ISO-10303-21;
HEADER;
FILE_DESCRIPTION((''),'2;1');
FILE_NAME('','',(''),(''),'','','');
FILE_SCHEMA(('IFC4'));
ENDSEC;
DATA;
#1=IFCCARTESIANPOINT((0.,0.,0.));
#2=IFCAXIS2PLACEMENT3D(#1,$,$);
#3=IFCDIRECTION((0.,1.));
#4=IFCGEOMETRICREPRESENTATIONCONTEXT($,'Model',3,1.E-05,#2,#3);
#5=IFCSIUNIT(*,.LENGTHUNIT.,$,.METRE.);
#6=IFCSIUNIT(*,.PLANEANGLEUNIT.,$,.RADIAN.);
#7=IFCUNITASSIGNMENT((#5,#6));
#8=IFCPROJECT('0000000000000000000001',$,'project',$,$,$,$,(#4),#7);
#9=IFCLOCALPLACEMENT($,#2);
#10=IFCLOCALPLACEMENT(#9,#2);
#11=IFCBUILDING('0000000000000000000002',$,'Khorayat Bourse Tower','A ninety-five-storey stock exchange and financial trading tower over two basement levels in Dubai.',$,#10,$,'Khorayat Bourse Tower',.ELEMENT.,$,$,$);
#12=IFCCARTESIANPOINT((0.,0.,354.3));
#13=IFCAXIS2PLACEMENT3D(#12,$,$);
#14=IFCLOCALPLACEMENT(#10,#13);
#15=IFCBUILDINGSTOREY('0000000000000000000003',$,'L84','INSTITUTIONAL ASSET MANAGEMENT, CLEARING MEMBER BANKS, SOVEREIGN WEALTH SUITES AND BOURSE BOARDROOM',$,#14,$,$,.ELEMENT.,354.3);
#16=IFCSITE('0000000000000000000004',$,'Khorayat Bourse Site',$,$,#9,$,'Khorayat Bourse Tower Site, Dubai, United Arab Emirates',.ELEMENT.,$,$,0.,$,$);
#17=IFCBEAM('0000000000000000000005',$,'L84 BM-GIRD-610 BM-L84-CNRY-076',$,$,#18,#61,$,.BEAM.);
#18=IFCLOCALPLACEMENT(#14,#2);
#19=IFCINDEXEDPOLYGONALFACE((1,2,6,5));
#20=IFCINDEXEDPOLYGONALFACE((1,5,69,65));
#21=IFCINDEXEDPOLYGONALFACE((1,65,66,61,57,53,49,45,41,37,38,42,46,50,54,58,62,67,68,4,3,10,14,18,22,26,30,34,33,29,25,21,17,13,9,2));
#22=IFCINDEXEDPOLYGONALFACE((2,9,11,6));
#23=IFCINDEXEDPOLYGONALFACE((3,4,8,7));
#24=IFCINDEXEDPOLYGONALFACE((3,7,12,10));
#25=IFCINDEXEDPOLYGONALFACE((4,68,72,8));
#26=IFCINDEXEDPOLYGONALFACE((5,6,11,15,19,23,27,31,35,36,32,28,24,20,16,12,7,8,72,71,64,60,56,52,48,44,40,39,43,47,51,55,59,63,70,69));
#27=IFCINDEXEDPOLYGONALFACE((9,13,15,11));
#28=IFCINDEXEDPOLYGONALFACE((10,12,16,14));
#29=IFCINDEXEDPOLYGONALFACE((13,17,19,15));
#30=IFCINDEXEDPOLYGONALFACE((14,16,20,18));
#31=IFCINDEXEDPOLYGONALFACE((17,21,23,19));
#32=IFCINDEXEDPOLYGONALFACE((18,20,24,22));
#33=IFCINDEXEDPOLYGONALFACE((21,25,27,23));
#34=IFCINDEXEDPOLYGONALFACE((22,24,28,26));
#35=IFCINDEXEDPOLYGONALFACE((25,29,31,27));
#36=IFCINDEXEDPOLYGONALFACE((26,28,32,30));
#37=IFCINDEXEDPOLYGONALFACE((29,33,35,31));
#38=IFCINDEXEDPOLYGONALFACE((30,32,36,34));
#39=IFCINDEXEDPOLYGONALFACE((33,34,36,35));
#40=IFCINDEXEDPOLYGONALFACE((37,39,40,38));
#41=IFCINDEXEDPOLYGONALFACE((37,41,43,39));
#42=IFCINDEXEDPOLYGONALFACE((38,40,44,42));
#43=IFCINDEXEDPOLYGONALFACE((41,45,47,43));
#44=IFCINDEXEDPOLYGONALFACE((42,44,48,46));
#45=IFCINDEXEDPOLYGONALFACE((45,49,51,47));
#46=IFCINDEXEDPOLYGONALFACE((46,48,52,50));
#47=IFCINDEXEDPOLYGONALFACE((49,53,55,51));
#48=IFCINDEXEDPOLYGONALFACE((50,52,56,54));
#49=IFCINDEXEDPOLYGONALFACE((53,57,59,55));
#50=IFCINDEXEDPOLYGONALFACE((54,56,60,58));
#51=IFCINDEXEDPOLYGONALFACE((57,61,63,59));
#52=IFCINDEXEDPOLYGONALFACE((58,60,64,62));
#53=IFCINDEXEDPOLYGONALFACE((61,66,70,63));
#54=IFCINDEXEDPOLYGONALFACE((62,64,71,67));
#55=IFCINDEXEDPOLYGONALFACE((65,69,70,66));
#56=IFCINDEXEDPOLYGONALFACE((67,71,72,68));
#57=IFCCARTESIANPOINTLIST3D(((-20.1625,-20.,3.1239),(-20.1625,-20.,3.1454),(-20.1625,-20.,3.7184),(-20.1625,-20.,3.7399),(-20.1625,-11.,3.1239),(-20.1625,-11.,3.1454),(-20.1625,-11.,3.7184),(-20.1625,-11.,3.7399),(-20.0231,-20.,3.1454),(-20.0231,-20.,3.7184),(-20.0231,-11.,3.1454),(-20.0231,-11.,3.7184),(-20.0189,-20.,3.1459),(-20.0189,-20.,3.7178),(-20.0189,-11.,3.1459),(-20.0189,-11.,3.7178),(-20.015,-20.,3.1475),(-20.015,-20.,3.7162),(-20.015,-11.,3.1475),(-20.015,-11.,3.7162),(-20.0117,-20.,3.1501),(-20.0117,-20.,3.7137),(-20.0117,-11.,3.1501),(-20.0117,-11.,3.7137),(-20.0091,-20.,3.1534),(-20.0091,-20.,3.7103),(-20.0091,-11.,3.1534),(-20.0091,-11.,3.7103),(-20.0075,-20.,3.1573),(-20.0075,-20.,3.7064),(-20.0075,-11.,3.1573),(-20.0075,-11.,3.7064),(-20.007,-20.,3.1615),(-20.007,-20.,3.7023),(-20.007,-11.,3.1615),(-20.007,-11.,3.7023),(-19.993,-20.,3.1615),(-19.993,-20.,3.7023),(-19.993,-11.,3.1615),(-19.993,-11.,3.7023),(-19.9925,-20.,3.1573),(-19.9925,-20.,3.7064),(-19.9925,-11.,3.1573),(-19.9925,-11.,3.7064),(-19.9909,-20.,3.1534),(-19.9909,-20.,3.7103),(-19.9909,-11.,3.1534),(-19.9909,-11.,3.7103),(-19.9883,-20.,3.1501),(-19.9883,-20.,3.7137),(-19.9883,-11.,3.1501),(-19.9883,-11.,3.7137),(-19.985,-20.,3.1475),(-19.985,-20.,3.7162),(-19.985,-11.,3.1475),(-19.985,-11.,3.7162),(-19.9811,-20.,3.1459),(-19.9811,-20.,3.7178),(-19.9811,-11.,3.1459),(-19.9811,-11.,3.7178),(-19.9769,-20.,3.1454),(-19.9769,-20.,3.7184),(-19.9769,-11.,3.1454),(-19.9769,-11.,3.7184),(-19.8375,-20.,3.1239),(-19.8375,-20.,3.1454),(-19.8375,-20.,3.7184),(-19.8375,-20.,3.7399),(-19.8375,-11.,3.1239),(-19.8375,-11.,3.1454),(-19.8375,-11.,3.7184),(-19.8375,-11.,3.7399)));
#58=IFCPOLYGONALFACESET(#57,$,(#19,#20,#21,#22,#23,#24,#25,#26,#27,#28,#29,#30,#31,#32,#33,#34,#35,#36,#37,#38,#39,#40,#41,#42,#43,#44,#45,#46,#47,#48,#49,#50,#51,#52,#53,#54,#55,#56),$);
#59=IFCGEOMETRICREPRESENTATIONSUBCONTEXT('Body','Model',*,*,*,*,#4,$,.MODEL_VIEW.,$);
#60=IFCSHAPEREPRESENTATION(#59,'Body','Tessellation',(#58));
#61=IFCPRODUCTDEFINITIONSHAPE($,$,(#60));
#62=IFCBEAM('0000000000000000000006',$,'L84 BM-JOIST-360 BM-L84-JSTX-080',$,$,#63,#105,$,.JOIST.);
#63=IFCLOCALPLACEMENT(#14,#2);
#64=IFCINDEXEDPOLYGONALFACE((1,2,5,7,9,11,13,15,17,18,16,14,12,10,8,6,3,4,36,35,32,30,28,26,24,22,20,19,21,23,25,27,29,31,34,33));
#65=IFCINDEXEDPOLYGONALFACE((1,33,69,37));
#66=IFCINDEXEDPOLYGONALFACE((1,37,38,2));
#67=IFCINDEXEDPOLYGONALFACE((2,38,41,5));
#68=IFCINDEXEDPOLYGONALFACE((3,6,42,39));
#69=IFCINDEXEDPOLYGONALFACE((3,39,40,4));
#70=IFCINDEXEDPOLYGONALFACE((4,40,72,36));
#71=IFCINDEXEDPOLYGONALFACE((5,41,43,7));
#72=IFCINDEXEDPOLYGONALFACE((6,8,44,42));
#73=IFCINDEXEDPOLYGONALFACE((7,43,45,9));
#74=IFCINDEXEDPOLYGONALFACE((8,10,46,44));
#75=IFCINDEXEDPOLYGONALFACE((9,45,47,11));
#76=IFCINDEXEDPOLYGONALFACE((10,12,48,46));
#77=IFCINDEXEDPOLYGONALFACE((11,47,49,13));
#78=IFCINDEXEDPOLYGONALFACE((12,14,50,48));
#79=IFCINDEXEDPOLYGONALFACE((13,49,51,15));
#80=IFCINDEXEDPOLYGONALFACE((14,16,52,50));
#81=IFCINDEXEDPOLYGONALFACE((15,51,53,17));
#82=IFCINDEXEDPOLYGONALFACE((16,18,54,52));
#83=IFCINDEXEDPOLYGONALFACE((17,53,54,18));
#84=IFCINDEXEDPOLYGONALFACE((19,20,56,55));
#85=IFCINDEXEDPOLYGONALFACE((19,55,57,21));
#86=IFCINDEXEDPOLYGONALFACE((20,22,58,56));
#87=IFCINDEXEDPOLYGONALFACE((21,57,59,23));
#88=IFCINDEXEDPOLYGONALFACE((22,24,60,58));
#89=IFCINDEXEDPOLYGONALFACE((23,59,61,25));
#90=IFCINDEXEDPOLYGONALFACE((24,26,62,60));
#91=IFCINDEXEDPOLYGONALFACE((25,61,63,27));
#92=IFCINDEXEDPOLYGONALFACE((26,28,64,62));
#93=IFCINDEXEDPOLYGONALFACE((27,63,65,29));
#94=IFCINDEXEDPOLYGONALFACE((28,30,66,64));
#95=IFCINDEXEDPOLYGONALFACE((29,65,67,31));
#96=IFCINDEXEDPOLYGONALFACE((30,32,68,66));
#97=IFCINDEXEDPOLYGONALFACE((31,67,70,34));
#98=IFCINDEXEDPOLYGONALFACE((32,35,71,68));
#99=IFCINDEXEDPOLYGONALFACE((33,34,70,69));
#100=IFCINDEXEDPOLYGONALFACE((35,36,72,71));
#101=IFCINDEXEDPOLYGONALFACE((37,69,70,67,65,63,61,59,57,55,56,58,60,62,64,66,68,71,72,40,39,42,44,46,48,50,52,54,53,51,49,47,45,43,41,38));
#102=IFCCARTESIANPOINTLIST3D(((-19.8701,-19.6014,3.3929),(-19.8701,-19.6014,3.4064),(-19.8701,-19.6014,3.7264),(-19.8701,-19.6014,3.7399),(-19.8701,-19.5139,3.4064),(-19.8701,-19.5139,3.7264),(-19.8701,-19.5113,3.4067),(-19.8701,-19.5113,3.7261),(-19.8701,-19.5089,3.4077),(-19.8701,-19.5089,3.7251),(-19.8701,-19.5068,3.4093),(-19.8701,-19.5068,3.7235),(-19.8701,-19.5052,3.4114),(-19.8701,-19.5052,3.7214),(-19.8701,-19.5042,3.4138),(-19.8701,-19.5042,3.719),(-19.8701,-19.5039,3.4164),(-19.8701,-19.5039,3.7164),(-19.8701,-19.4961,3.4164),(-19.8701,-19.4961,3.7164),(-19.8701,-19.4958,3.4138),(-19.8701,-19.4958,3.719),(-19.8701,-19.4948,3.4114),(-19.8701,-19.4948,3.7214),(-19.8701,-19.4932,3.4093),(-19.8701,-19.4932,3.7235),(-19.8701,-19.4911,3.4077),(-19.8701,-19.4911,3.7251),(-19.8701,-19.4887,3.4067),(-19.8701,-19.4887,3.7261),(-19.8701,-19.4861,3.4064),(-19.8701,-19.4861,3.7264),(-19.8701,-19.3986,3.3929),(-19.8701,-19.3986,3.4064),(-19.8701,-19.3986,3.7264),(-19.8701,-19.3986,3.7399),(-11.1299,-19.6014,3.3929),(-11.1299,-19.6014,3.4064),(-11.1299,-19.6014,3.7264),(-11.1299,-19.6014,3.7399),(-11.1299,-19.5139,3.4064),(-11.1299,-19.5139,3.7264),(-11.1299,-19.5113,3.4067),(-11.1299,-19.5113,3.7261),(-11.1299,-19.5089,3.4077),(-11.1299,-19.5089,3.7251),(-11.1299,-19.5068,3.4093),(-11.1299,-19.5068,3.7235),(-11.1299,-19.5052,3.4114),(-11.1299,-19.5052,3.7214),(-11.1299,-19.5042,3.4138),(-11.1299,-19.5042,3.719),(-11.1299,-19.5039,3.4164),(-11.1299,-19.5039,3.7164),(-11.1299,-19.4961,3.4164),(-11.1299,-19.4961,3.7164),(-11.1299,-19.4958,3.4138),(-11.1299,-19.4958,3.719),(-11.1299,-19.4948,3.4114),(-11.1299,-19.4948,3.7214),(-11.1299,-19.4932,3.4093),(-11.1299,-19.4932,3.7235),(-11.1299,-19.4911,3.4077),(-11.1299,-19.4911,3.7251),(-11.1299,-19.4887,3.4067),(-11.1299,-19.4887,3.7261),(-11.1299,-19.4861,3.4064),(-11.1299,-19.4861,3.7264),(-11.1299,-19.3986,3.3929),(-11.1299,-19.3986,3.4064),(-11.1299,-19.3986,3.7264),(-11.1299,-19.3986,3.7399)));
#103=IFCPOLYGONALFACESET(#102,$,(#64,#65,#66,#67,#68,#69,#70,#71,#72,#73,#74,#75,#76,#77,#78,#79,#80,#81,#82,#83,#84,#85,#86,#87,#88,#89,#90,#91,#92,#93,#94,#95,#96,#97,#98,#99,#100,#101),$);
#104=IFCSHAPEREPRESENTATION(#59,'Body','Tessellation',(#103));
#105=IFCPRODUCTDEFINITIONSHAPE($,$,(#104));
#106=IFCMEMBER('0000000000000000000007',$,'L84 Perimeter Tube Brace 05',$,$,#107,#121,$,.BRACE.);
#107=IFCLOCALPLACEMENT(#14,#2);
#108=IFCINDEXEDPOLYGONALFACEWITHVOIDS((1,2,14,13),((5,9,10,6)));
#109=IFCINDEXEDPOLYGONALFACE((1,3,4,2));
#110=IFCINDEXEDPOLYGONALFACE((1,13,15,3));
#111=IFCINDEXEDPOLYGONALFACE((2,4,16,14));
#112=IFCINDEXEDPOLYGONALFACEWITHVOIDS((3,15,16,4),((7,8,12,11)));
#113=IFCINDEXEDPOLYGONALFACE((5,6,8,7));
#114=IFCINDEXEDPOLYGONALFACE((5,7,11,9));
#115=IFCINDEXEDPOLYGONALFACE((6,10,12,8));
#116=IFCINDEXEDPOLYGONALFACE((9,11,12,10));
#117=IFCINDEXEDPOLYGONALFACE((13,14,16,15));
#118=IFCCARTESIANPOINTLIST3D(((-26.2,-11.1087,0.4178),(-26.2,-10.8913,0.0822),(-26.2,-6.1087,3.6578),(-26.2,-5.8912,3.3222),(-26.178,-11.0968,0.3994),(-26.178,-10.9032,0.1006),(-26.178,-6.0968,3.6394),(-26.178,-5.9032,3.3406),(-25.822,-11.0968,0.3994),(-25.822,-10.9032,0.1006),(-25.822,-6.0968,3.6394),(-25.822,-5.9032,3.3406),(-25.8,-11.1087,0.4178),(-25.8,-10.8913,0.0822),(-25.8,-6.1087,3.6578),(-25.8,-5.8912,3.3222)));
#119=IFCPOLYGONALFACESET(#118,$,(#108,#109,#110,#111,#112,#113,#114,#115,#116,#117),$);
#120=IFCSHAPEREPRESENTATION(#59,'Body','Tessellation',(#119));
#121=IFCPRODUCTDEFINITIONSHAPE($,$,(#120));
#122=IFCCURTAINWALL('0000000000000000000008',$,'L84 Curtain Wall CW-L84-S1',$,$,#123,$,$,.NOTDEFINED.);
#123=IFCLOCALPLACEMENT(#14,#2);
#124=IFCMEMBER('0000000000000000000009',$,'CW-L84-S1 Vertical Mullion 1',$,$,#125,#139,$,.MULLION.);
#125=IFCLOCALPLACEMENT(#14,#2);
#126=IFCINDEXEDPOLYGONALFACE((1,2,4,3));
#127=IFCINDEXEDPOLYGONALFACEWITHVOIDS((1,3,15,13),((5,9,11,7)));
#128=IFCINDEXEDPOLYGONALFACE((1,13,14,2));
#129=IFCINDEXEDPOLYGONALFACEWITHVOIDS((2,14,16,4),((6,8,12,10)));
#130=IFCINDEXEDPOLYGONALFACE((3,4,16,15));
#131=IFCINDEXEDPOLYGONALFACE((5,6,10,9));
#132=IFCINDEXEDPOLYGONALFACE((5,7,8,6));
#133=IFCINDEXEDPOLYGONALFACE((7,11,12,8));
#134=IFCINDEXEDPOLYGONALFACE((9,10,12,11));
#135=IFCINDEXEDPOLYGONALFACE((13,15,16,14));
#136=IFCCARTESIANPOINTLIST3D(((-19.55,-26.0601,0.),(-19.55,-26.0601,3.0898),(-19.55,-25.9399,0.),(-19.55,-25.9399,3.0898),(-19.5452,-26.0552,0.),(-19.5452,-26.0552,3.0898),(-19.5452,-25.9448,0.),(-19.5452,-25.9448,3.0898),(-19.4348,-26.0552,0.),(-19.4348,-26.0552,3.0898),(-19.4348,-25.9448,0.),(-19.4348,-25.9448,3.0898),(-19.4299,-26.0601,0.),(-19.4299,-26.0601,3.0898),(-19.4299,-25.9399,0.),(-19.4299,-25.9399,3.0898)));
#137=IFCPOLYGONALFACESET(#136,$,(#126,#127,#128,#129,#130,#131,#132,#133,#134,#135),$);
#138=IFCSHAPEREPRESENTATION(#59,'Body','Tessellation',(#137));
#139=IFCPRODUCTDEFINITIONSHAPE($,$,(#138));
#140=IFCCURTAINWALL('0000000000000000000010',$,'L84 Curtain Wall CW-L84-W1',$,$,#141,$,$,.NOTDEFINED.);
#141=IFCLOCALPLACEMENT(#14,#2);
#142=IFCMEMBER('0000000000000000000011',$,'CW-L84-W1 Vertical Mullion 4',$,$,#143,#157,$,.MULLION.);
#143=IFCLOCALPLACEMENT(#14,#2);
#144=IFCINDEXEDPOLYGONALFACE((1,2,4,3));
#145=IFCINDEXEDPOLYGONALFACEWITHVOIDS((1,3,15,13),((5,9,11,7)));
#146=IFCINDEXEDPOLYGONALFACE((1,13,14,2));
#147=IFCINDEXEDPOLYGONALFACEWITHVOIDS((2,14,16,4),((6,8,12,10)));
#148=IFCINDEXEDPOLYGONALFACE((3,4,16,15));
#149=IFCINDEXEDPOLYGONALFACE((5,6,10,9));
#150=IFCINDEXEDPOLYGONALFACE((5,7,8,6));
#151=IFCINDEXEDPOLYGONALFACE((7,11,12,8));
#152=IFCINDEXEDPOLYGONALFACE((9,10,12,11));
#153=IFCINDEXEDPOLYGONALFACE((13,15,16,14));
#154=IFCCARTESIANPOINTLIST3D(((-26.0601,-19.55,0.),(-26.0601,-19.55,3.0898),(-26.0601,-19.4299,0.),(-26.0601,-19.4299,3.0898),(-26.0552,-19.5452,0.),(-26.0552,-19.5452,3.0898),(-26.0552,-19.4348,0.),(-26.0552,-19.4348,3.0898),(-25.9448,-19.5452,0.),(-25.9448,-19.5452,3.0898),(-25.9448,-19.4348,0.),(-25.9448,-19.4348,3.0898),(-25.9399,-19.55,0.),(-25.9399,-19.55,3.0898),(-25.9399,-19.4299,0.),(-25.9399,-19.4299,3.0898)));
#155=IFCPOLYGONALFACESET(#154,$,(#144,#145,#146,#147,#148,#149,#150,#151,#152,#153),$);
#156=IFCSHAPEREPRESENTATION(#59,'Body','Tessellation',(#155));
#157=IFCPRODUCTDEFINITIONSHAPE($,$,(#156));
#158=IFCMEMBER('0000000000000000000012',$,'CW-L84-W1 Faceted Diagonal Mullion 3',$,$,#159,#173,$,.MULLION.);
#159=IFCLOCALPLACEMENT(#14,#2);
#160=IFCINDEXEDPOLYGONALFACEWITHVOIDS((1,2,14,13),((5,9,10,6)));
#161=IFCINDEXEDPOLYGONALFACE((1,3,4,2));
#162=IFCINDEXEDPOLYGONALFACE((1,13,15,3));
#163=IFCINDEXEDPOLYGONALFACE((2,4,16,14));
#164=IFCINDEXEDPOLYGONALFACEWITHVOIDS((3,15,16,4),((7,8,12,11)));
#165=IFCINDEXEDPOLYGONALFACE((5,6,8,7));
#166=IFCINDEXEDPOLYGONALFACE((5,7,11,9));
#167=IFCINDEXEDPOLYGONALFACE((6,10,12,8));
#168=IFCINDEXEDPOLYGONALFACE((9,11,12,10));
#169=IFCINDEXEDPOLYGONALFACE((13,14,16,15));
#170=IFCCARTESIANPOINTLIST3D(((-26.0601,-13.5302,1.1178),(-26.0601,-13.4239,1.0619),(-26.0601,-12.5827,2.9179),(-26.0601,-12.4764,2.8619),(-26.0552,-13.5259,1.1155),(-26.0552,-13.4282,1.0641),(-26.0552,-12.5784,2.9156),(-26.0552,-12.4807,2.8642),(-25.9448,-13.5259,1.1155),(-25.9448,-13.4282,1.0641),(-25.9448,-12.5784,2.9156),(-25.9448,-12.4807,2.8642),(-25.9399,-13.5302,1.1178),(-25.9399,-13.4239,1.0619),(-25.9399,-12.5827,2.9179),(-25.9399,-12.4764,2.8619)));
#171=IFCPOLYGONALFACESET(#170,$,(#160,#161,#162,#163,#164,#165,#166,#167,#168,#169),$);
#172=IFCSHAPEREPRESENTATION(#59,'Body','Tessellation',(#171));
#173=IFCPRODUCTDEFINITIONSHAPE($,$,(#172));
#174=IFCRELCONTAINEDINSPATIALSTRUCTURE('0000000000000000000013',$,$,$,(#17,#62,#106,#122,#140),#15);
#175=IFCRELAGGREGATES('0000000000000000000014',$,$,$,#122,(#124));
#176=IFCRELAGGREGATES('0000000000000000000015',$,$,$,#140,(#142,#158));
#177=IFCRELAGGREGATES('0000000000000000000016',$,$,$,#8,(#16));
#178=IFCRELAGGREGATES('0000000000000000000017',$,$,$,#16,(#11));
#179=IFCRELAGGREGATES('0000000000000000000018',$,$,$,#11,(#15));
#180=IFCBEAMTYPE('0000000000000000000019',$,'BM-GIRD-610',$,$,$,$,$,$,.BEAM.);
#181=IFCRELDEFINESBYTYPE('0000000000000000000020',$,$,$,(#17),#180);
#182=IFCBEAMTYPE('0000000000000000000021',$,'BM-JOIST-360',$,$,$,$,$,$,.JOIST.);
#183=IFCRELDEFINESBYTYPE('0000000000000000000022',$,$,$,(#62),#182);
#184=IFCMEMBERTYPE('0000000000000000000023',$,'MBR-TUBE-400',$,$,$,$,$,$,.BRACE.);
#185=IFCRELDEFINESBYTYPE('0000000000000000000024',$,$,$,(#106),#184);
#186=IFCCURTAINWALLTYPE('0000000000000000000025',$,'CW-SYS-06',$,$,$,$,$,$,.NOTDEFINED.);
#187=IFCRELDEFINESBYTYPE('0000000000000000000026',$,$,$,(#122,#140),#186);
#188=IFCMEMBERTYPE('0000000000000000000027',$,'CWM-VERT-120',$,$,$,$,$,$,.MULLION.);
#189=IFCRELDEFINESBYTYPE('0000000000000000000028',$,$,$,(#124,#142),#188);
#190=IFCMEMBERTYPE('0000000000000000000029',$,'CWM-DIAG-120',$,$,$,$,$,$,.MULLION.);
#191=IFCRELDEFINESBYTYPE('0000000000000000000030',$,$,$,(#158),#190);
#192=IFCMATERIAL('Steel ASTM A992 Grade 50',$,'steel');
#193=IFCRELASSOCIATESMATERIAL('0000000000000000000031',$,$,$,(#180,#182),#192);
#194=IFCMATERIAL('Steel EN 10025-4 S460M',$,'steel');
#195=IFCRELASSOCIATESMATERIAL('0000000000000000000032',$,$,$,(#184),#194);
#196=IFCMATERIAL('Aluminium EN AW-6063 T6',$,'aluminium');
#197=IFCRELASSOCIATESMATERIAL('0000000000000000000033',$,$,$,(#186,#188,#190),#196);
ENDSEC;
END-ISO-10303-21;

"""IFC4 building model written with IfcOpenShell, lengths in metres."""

from ifc_helpers import new_model, si_unit, direction, frame, origin, origin_2d, place, context, subcontext, project, spatial, hollow_rectangle, i_section, extrude, source, transform, mapped, material, material_profile, profile_set, type_object, element, aggregate, save


model = new_model("IFC4")

# Units and contexts
model_context = context("Model", 3, precision=1e-05, world=origin(), true_north=direction((0.0, 1.0)))
body_context = subcontext(model_context, "Body", "Model", "MODEL_VIEW")
ifc_project = project(units=[si_unit("LENGTHUNIT", "METRE"), si_unit("PLANEANGLEUNIT", "RADIAN")], contexts=[model_context])

# Site, building, storey
site_placement = place(None, origin())
site = spatial("IfcSite", under=ifc_project, at=site_placement, Name="Khorayat Bourse Site", LongName="Khorayat Bourse Tower Site, Dubai, United Arab Emirates", CompositionType="ELEMENT", RefElevation=0.0)
building_placement = place(site_placement, origin())
building = spatial("IfcBuilding", under=site, at=building_placement, Name="Khorayat Bourse Tower", Description="A ninety-five-storey stock exchange and financial trading tower over two basement levels in Dubai.", LongName="Khorayat Bourse Tower", CompositionType="ELEMENT")
storey_placement = place(building_placement, frame((0.0, 0.0, 354.3)))
storey = spatial("IfcBuildingStorey", under=building, at=storey_placement, Name="L84", Description="INSTITUTIONAL ASSET MANAGEMENT, CLEARING MEMBER BANKS, SOVEREIGN WEALTH SUITES AND BOURSE BOARDROOM", CompositionType="ELEMENT", Elevation=354.3)

# Beams
ifc_material_1 = material(Name="Steel ASTM A992 Grade 50", Category="steel")
ifc_material_profile_1 = material_profile(ifc_material_1, i_section(OverallWidth=0.325, OverallDepth=0.616, WebThickness=0.0139, FlangeThickness=0.0215, FilletRadius=0.0161, at=origin_2d()), Name="W610X174")
ifc_profile_set_1 = profile_set([ifc_material_profile_1], Name="Steel ASTM A992 Grade 50")
beam_type_1 = type_object("IfcBeamType", Name="BM-GIRD-610", PredefinedType="BEAM", material=ifc_profile_set_1)
shared_shape_1 = source(origin(), body_context, "Body", "SweptSolid", [
    extrude(i_section(OverallWidth=0.325, OverallDepth=0.616, WebThickness=0.0139, FlangeThickness=0.0215, FilletRadius=0.0161, at=origin_2d()), origin(), (0.0, 0.0, 1.0), 9.0),
])
beam_1_placement = place(storey_placement, frame((-20.0, -20.0, 3.4319), z_axis=(0.0, 1.0, 0.0), x_axis=(-1.0, 0.0, 0.0)))
element("IfcBeam", 1, at=beam_1_placement, inside=storey, type_object=beam_type_1, Name="L84 BM-GIRD-610 BM-L84-CNRY-076", PredefinedType="BEAM", context=body_context, shape_type="MappedRepresentation", body=[
    mapped(shared_shape_1, transform((0.0, 0.0, 0.0), scale=1.0)),
])
ifc_material_profile_2 = material_profile(ifc_material_1, i_section(OverallWidth=0.2029, OverallDepth=0.3469, WebThickness=0.0078, FlangeThickness=0.0134, FilletRadius=0.01, at=origin_2d()), Name="W360X64")
ifc_profile_set_2 = profile_set([ifc_material_profile_2], Name="Steel ASTM A992 Grade 50")
beam_type_2 = type_object("IfcBeamType", Name="BM-JOIST-360", PredefinedType="JOIST", material=ifc_profile_set_2)
shared_shape_2 = source(origin(), body_context, "Body", "SweptSolid", [
    extrude(i_section(OverallWidth=0.2029, OverallDepth=0.3469, WebThickness=0.0078, FlangeThickness=0.0134, FilletRadius=0.01, at=origin_2d()), origin(), (0.0, 0.0, 1.0), 8.7402),
])
beam_2_placement = place(storey_placement, frame((-19.8701, -19.5, 3.5664), z_axis=(1.0, 0.0, 0.0), x_axis=(0.0, 1.0, 0.0)))
element("IfcBeam", 2, at=beam_2_placement, inside=storey, type_object=beam_type_2, Name="L84 BM-JOIST-360 BM-L84-JSTX-080", PredefinedType="JOIST", context=body_context, shape_type="MappedRepresentation", body=[
    mapped(shared_shape_2, transform((0.0, 0.0, 0.0), scale=1.0)),
])

# Member
ifc_material_2 = material(Name="Steel EN 10025-4 S460M", Category="steel")
ifc_material_profile_3 = material_profile(ifc_material_2, hollow_rectangle(XDim=0.3999, YDim=0.3999, WallThickness=0.022, at=origin_2d()), Name="HSS 400x400x22")
ifc_profile_set_3 = profile_set([ifc_material_profile_3], Name="Steel EN 10025-4 S460M")
member_type_1 = type_object("IfcMemberType", Name="MBR-TUBE-400", PredefinedType="BRACE", material=ifc_profile_set_3)
shared_shape_3 = source(origin(), body_context, "Body", "SweptSolid", [
    extrude(hollow_rectangle(XDim=0.3999, YDim=0.3999, WallThickness=0.022, at=origin_2d()), origin(), (0.0, 0.0, 1.0), 5.958),
])
member_1_placement = place(storey_placement, frame((-26.0, -11.0, 0.25), z_axis=(0.0, 0.83921, 0.543807), x_axis=(-1.0, 0.0, 0.0)))
element("IfcMember", 3, at=member_1_placement, inside=storey, type_object=member_type_1, Name="L84 Perimeter Tube Brace 05", PredefinedType="BRACE", context=body_context, shape_type="MappedRepresentation", body=[
    mapped(shared_shape_3, transform((0.0, 0.0, 0.0), scale=1.0)),
])

# Curtain wall, member
ifc_material_3 = material(Name="Aluminium EN AW-6063 T6", Category="aluminium")
curtain_wall_type = type_object("IfcCurtainWallType", Name="CW-SYS-06", PredefinedType="NOTDEFINED", material=ifc_material_3)
curtain_wall_1_placement = place(storey_placement, origin())
curtain_wall_1 = element("IfcCurtainWall", 4, at=curtain_wall_1_placement, inside=storey, type_object=curtain_wall_type, Name="L84 Curtain Wall CW-L84-S1", PredefinedType="NOTDEFINED")
ifc_material_profile_4 = material_profile(ifc_material_3, hollow_rectangle(XDim=0.1201, YDim=0.1201, WallThickness=0.0049, at=origin_2d()), Name="ALU 120x120x5")
ifc_profile_set_4 = profile_set([ifc_material_profile_4], Name="Aluminium EN AW-6063 T6")
member_type_2 = type_object("IfcMemberType", Name="CWM-VERT-120", PredefinedType="MULLION", material=ifc_profile_set_4)
shared_shape_4 = source(origin(), body_context, "Body", "SweptSolid", [
    extrude(hollow_rectangle(XDim=0.1201, YDim=0.1201, WallThickness=0.0049, at=origin_2d()), origin(), (0.0, 0.0, 1.0), 3.0898),
])
member_2_placement = place(storey_placement, frame((-19.49, -26.0, 0.0), z_axis=(0.0, 0.0, 1.0), x_axis=(0.0, 1.0, 0.0)))
member_2 = element("IfcMember", 5, at=member_2_placement, type_object=member_type_2, Name="CW-L84-S1 Vertical Mullion 1", PredefinedType="MULLION", context=body_context, shape_type="MappedRepresentation", body=[
    mapped(shared_shape_4, transform((0.0, 0.0, 0.0), scale=1.0)),
])

# Curtain wall, members
curtain_wall_2_placement = place(storey_placement, origin())
curtain_wall_2 = element("IfcCurtainWall", 6, at=curtain_wall_2_placement, inside=storey, type_object=curtain_wall_type, Name="L84 Curtain Wall CW-L84-W1", PredefinedType="NOTDEFINED")
member_3_placement = place(storey_placement, frame((-26.0, -19.49, 0.0), z_axis=(0.0, 0.0, 1.0), x_axis=(1.0, 0.0, 0.0)))
member_3 = element("IfcMember", 7, at=member_3_placement, type_object=member_type_2, Name="CW-L84-W1 Vertical Mullion 4", PredefinedType="MULLION", context=body_context, shape_type="MappedRepresentation", body=[
    mapped(shared_shape_4, transform((0.0, 0.0, 0.0), scale=1.0)),
])
ifc_material_profile_5 = material_profile(ifc_material_3, hollow_rectangle(XDim=0.1201, YDim=0.1201, WallThickness=0.0049, at=origin_2d()), Name="ALU 120x120x5")
ifc_profile_set_5 = profile_set([ifc_material_profile_5], Name="Aluminium EN AW-6063 T6")
member_type_3 = type_object("IfcMemberType", Name="CWM-DIAG-120", PredefinedType="MULLION", material=ifc_profile_set_5)
shared_shape_5 = source(origin(), body_context, "Body", "SweptSolid", [
    extrude(hollow_rectangle(XDim=0.1201, YDim=0.1201, WallThickness=0.0049, at=origin_2d()), origin(), (0.0, 0.0, 1.0), 2.0342),
])
member_4_placement = place(storey_placement, frame((-26.0, -13.4771, 1.0898), z_axis=(0.0, 0.465791, 0.884895), x_axis=(-1.0, 0.0, 0.0)))
member_4 = element("IfcMember", 8, at=member_4_placement, type_object=member_type_3, Name="CW-L84-W1 Faceted Diagonal Mullion 3", PredefinedType="MULLION", context=body_context, shape_type="MappedRepresentation", body=[
    mapped(shared_shape_5, transform((0.0, 0.0, 0.0), scale=1.0)),
])

aggregate(curtain_wall_1, [member_2])

aggregate(curtain_wall_2, [member_3, member_4])

save(model, "model.ifc")
